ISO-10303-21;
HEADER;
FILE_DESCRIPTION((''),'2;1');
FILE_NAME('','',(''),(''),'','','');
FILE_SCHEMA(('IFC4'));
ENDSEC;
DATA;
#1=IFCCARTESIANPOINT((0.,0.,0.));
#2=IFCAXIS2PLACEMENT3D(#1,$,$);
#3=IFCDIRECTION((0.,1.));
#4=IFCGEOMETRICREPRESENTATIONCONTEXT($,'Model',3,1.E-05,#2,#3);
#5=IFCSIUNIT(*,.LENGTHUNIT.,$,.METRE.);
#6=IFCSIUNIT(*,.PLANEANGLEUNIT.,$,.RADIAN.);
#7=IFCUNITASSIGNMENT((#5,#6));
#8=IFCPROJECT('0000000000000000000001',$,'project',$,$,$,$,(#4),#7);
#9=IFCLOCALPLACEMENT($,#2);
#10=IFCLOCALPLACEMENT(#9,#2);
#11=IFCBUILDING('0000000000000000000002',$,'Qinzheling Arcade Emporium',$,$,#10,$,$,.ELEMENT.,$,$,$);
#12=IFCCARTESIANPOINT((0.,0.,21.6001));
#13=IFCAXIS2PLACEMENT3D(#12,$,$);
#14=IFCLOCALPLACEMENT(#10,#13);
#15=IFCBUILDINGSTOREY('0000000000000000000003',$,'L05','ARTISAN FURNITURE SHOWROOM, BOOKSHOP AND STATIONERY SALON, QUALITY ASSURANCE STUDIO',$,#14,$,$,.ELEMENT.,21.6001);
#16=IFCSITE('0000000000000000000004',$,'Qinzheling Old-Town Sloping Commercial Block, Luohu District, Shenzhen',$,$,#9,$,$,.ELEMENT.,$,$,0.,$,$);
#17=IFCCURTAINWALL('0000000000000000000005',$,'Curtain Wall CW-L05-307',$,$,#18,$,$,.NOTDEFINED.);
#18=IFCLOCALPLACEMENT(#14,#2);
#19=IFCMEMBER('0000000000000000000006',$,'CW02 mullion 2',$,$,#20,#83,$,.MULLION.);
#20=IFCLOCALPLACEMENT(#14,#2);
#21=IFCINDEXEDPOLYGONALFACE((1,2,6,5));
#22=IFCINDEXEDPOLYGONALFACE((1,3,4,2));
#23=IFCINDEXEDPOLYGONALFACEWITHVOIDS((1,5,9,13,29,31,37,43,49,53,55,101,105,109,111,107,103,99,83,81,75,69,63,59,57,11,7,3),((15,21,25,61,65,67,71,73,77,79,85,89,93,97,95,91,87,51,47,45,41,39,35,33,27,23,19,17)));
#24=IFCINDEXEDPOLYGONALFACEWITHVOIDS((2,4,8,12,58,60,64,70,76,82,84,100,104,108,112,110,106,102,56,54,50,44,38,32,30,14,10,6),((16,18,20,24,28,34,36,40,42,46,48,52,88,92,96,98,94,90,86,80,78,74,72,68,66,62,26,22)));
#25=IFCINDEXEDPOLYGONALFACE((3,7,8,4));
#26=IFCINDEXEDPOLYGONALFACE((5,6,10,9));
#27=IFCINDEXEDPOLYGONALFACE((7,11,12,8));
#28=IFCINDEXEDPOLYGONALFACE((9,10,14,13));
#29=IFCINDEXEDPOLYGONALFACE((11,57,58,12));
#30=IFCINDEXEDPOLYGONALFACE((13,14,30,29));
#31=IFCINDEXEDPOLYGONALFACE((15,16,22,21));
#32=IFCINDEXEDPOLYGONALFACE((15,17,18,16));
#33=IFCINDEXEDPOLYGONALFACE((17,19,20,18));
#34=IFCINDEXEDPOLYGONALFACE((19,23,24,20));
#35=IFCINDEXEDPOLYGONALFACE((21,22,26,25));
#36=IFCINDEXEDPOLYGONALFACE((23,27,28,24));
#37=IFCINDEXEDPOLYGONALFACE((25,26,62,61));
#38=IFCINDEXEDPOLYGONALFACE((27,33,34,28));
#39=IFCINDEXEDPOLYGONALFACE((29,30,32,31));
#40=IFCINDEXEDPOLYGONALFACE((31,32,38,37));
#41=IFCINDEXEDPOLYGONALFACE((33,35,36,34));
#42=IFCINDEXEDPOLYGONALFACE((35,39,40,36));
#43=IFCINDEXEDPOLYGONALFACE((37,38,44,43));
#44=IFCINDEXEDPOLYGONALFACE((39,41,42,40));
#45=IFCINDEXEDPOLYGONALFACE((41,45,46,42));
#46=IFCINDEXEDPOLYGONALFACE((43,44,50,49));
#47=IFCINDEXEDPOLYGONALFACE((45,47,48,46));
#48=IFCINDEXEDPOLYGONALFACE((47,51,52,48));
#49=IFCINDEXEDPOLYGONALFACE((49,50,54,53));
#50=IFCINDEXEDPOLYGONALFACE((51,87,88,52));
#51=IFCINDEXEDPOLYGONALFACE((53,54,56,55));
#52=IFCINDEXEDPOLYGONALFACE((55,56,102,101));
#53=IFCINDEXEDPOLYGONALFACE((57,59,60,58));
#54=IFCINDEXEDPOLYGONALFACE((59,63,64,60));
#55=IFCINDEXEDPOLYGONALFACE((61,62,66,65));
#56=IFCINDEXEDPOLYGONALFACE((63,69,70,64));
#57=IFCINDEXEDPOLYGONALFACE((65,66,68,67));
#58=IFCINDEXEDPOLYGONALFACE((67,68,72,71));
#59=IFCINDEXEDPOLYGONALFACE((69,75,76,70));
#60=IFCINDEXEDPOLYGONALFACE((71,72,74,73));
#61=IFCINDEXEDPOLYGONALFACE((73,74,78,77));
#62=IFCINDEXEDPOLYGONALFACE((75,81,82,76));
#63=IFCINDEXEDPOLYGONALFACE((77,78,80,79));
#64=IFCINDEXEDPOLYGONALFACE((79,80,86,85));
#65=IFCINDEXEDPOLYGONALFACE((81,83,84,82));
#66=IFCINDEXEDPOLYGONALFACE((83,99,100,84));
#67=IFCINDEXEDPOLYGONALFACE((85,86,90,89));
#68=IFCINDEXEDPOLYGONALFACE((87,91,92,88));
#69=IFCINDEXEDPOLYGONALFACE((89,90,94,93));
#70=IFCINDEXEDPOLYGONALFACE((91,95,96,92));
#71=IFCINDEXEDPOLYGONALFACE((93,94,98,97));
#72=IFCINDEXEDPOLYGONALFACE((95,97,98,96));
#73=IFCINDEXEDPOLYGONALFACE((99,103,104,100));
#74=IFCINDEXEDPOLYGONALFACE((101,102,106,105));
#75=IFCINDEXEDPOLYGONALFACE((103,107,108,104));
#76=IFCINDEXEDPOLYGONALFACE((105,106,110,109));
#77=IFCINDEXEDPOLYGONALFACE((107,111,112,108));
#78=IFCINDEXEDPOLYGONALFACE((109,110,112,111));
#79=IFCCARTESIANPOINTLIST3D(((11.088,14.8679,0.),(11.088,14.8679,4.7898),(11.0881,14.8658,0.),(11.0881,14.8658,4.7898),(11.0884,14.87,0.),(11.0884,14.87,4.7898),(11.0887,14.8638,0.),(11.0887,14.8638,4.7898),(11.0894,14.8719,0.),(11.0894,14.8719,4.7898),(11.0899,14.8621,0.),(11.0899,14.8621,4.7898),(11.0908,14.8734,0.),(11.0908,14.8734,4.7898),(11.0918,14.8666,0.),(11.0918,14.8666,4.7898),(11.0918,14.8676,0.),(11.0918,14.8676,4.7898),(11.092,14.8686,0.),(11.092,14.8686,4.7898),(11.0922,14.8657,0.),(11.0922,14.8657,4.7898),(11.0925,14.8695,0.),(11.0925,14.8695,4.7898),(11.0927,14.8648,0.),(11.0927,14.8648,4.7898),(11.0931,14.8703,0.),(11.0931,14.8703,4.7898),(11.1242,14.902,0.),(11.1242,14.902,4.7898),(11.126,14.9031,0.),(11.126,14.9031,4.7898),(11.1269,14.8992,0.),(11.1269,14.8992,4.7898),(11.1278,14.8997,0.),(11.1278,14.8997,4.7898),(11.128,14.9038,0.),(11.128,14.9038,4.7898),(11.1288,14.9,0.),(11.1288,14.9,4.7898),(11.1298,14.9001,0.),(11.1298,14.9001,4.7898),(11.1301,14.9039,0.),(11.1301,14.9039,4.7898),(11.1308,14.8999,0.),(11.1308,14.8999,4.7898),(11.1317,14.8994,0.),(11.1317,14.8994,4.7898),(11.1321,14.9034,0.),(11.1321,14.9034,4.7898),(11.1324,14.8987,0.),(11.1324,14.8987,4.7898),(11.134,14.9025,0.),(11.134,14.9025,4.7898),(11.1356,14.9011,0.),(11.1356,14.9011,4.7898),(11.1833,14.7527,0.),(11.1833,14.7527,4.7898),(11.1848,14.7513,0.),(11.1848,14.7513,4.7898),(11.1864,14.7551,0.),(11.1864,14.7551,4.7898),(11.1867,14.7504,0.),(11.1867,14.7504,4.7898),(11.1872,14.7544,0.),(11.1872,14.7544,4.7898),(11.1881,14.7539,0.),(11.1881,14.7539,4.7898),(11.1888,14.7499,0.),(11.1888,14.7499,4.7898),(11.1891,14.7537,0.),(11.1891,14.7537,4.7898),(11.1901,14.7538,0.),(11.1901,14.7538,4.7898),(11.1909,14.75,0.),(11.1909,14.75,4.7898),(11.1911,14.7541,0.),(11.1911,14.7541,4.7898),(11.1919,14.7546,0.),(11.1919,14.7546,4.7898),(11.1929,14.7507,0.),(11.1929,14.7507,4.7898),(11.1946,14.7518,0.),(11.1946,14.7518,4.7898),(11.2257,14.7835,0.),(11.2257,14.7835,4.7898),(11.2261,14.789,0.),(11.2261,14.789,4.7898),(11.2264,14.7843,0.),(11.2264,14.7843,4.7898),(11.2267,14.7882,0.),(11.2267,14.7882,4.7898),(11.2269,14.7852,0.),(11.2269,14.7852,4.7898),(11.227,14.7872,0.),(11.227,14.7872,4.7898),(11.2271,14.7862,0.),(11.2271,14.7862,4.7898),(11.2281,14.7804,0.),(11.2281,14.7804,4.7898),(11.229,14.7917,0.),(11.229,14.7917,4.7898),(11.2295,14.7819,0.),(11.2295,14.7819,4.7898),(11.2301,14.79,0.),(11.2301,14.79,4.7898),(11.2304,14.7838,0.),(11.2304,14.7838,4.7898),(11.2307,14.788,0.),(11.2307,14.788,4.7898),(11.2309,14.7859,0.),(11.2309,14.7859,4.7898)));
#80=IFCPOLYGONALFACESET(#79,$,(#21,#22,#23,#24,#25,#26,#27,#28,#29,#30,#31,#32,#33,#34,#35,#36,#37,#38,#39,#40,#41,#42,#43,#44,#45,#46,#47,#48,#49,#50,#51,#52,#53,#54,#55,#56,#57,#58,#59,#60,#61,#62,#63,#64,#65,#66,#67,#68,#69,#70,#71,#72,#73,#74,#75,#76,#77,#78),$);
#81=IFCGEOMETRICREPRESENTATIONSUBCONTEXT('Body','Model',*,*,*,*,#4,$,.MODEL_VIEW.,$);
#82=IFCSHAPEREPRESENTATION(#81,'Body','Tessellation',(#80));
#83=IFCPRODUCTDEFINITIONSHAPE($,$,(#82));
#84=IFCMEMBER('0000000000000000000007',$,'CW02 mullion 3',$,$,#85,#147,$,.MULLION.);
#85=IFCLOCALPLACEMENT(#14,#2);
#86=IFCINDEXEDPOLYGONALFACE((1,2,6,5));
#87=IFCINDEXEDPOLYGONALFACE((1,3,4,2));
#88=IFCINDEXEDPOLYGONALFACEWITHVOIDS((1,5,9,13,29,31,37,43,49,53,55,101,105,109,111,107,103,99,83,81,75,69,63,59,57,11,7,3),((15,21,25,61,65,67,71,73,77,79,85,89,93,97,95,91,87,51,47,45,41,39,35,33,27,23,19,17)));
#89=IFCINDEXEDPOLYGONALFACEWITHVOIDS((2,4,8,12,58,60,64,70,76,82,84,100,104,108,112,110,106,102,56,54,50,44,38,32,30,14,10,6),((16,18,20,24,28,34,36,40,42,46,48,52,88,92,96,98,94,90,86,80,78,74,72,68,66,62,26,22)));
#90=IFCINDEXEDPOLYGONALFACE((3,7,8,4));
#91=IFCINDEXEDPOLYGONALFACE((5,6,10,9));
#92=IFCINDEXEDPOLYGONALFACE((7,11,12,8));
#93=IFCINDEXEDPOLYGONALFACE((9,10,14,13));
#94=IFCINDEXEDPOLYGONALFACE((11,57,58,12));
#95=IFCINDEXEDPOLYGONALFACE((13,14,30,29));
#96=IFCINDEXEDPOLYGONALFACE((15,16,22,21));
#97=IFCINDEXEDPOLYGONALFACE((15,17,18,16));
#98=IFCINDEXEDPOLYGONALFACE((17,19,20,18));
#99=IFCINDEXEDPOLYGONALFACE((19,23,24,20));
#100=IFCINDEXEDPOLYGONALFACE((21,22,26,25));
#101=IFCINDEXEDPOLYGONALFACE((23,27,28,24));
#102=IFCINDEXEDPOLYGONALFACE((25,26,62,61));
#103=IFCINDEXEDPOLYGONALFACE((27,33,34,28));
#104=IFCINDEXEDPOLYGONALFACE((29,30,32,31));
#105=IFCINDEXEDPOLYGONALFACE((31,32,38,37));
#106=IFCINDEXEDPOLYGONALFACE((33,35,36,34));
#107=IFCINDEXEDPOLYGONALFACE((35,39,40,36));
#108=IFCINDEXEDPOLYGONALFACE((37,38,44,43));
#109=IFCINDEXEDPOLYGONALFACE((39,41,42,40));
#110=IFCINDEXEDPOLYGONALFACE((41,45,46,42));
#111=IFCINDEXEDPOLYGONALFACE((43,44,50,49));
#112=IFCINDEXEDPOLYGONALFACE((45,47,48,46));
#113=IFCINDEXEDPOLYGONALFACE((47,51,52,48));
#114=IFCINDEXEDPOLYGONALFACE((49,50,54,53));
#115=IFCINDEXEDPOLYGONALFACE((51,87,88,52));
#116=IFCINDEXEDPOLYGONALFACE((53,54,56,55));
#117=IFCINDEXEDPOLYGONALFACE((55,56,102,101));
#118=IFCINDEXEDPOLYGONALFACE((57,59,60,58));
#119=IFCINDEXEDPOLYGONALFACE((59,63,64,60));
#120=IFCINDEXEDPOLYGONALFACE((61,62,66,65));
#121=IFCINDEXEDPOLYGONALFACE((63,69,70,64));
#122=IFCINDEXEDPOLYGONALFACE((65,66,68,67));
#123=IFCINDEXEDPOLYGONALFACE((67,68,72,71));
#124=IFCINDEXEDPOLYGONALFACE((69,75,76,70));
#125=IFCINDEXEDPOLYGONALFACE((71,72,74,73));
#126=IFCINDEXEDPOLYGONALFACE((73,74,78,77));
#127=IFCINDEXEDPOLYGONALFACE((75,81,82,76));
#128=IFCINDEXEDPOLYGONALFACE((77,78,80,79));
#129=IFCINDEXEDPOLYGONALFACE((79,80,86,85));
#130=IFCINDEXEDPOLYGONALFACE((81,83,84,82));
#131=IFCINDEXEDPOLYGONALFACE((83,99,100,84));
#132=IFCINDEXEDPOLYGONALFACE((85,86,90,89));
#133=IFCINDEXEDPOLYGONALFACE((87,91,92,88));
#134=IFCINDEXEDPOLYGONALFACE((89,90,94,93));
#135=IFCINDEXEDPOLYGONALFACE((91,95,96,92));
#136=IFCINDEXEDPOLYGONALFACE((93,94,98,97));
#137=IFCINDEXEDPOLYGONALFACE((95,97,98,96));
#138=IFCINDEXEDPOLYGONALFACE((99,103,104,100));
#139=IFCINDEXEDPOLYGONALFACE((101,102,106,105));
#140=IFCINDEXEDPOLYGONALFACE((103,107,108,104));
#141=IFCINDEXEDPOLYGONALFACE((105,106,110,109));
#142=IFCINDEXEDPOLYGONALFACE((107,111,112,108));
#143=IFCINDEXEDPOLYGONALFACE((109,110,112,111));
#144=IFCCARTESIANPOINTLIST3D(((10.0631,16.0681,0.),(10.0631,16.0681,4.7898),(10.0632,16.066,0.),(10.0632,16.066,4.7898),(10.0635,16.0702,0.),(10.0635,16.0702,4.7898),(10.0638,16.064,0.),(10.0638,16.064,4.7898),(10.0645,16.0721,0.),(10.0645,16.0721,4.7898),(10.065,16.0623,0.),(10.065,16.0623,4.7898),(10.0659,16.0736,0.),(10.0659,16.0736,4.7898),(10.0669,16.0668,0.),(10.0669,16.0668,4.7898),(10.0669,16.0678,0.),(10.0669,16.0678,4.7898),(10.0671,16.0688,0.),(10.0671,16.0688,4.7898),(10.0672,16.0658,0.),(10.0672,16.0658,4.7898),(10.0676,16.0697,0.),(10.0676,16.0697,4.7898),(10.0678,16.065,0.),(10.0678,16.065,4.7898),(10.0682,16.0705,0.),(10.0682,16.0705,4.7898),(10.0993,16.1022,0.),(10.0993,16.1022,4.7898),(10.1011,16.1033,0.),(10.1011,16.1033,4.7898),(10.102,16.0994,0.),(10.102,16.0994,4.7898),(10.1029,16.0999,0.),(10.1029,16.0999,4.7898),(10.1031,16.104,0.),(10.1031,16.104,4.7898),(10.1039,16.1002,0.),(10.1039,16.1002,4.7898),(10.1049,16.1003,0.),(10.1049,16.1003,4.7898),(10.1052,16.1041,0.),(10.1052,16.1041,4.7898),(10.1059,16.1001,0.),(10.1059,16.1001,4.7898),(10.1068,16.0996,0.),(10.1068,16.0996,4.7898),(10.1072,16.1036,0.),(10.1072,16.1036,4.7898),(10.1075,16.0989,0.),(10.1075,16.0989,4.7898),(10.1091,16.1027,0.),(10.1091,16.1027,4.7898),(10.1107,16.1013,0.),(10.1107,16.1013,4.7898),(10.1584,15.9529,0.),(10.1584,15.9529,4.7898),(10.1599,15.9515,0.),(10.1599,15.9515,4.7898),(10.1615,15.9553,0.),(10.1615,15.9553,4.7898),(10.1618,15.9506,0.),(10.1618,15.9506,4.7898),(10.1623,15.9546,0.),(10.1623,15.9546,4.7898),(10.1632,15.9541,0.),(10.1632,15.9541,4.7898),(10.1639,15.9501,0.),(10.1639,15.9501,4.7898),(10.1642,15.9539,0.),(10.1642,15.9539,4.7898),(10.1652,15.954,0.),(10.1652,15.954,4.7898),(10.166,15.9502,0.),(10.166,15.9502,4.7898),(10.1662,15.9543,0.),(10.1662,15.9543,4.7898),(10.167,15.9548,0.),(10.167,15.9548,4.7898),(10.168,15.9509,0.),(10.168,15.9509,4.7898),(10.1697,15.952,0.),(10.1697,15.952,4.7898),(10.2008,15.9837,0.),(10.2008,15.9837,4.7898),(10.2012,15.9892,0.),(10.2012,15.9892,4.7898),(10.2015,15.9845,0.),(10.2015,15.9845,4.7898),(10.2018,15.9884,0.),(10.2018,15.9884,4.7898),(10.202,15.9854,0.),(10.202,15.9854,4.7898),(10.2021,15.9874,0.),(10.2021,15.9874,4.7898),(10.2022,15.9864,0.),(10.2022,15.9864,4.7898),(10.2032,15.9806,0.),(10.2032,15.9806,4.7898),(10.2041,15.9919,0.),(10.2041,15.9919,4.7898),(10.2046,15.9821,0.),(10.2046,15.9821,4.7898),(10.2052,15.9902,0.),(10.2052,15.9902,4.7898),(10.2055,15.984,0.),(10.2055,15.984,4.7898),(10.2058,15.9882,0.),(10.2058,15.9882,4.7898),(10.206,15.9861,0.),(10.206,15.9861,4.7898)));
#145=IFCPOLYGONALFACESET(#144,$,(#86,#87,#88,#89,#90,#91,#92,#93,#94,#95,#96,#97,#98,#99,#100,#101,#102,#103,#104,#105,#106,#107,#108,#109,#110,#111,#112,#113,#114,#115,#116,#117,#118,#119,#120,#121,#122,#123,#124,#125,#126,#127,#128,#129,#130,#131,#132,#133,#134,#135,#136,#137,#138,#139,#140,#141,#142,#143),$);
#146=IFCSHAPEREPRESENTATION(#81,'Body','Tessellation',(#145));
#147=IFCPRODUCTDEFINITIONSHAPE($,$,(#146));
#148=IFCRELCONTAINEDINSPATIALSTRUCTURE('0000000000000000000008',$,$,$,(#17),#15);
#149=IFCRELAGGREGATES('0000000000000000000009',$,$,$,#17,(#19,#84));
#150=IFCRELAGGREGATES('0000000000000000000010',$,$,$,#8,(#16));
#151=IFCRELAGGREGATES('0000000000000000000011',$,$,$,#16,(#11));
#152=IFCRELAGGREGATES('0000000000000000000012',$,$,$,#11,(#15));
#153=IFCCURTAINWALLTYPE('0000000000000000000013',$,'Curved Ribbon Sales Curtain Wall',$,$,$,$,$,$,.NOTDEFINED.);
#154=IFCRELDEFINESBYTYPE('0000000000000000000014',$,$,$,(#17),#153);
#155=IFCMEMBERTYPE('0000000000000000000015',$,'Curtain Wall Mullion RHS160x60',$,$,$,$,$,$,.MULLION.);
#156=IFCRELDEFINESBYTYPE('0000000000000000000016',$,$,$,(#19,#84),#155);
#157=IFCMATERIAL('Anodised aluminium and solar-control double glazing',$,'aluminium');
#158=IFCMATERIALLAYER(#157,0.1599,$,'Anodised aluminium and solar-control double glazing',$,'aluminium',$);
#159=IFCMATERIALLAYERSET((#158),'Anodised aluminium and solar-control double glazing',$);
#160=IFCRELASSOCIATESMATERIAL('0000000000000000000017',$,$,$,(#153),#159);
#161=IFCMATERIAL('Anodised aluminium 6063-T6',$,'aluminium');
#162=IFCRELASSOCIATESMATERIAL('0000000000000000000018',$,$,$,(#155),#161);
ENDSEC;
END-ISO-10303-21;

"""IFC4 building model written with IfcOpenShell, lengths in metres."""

from ifc_helpers import new_model, si_unit, direction, frame, origin, origin_2d, place, context, subcontext, project, spatial, hollow_rectangle, extrude, material, layer, layer_set, material_profile, profile_set, type_object, element, aggregate, save


model = new_model("IFC4")

# Units and contexts
model_context = context("Model", 3, precision=1e-05, world=origin(), true_north=direction((0.0, 1.0)))
body_context = subcontext(model_context, "Body", "Model", "MODEL_VIEW")
ifc_project = project(units=[si_unit("LENGTHUNIT", "METRE"), si_unit("PLANEANGLEUNIT", "RADIAN")], contexts=[model_context])

# Site, building, storey
site_placement = place(None, origin())
site = spatial("IfcSite", under=ifc_project, at=site_placement, Name="Qinzheling Old-Town Sloping Commercial Block, Luohu District, Shenzhen", CompositionType="ELEMENT", RefElevation=0.0)
building_placement = place(site_placement, origin())
building = spatial("IfcBuilding", under=site, at=building_placement, Name="Qinzheling Arcade Emporium", CompositionType="ELEMENT")
storey_placement = place(building_placement, frame((0.0, 0.0, 21.6001)))
storey = spatial("IfcBuildingStorey", under=building, at=storey_placement, Name="L05", Description="ARTISAN FURNITURE SHOWROOM, BOOKSHOP AND STATIONERY SALON, QUALITY ASSURANCE STUDIO", CompositionType="ELEMENT", Elevation=21.6001)

# Curtain wall, members
ifc_material_1 = material(Name="Anodised aluminium and solar-control double glazing", Category="aluminium")
ifc_layer_1 = layer(ifc_material_1, 0.1599, Name="Anodised aluminium and solar-control double glazing", Category="aluminium")
ifc_layer_set_1 = layer_set([ifc_layer_1], Name="Anodised aluminium and solar-control double glazing")
curtain_wall_type = type_object("IfcCurtainWallType", Name="Curved Ribbon Sales Curtain Wall", PredefinedType="NOTDEFINED", material=ifc_layer_set_1)
curtain_wall_1_placement = place(storey_placement, origin())
curtain_wall_1 = element("IfcCurtainWall", 1, at=curtain_wall_1_placement, inside=storey, type_object=curtain_wall_type, Name="Curtain Wall CW-L05-307", PredefinedType="NOTDEFINED")
ifc_material_2 = material(Name="Anodised aluminium 6063-T6", Category="aluminium")
ifc_material_profile_1 = material_profile(ifc_material_2, hollow_rectangle(XDim=0.0601, YDim=0.1599, WallThickness=0.0039, InnerFilletRadius=0.0039, OuterFilletRadius=0.0081, at=origin_2d()), Name="RHS 160x60x4", Category="aluminium")
ifc_profile_set_1 = profile_set([ifc_material_profile_1], Name="Anodised aluminium 6063-T6")
member_type_1 = type_object("IfcMemberType", Name="Curtain Wall Mullion RHS160x60", PredefinedType="MULLION", material=ifc_profile_set_1)
member_1_placement = place(storey_placement, frame((11.1594, 14.8269, 0.0), z_axis=(0.0, 0.0, 1.0), x_axis=(-0.760418, -0.649433, 0.0)))
member_1 = element("IfcMember", 2, at=member_1_placement, type_object=member_type_1, Name="CW02 mullion 2", PredefinedType="MULLION", context=body_context, shape_type="SweptSolid", body=[
    extrude(hollow_rectangle(XDim=0.0601, YDim=0.1599, WallThickness=0.0039, InnerFilletRadius=0.0039, OuterFilletRadius=0.0081, at=origin_2d()), origin(), (0.0, 0.0, 1.0), 4.7898),
])
member_2_placement = place(storey_placement, frame((10.1345, 16.0271, 0.0), z_axis=(0.0, 0.0, 1.0), x_axis=(-0.760418, -0.649433, 0.0)))
member_2 = element("IfcMember", 3, at=member_2_placement, type_object=member_type_1, Name="CW02 mullion 3", PredefinedType="MULLION", context=body_context, shape_type="SweptSolid", body=[
    extrude(hollow_rectangle(XDim=0.0601, YDim=0.1599, WallThickness=0.0039, InnerFilletRadius=0.0039, OuterFilletRadius=0.0081, at=origin_2d()), origin(), (0.0, 0.0, 1.0), 4.7898),
])

aggregate(curtain_wall_1, [member_1, member_2])

save(model, "model.ifc")
